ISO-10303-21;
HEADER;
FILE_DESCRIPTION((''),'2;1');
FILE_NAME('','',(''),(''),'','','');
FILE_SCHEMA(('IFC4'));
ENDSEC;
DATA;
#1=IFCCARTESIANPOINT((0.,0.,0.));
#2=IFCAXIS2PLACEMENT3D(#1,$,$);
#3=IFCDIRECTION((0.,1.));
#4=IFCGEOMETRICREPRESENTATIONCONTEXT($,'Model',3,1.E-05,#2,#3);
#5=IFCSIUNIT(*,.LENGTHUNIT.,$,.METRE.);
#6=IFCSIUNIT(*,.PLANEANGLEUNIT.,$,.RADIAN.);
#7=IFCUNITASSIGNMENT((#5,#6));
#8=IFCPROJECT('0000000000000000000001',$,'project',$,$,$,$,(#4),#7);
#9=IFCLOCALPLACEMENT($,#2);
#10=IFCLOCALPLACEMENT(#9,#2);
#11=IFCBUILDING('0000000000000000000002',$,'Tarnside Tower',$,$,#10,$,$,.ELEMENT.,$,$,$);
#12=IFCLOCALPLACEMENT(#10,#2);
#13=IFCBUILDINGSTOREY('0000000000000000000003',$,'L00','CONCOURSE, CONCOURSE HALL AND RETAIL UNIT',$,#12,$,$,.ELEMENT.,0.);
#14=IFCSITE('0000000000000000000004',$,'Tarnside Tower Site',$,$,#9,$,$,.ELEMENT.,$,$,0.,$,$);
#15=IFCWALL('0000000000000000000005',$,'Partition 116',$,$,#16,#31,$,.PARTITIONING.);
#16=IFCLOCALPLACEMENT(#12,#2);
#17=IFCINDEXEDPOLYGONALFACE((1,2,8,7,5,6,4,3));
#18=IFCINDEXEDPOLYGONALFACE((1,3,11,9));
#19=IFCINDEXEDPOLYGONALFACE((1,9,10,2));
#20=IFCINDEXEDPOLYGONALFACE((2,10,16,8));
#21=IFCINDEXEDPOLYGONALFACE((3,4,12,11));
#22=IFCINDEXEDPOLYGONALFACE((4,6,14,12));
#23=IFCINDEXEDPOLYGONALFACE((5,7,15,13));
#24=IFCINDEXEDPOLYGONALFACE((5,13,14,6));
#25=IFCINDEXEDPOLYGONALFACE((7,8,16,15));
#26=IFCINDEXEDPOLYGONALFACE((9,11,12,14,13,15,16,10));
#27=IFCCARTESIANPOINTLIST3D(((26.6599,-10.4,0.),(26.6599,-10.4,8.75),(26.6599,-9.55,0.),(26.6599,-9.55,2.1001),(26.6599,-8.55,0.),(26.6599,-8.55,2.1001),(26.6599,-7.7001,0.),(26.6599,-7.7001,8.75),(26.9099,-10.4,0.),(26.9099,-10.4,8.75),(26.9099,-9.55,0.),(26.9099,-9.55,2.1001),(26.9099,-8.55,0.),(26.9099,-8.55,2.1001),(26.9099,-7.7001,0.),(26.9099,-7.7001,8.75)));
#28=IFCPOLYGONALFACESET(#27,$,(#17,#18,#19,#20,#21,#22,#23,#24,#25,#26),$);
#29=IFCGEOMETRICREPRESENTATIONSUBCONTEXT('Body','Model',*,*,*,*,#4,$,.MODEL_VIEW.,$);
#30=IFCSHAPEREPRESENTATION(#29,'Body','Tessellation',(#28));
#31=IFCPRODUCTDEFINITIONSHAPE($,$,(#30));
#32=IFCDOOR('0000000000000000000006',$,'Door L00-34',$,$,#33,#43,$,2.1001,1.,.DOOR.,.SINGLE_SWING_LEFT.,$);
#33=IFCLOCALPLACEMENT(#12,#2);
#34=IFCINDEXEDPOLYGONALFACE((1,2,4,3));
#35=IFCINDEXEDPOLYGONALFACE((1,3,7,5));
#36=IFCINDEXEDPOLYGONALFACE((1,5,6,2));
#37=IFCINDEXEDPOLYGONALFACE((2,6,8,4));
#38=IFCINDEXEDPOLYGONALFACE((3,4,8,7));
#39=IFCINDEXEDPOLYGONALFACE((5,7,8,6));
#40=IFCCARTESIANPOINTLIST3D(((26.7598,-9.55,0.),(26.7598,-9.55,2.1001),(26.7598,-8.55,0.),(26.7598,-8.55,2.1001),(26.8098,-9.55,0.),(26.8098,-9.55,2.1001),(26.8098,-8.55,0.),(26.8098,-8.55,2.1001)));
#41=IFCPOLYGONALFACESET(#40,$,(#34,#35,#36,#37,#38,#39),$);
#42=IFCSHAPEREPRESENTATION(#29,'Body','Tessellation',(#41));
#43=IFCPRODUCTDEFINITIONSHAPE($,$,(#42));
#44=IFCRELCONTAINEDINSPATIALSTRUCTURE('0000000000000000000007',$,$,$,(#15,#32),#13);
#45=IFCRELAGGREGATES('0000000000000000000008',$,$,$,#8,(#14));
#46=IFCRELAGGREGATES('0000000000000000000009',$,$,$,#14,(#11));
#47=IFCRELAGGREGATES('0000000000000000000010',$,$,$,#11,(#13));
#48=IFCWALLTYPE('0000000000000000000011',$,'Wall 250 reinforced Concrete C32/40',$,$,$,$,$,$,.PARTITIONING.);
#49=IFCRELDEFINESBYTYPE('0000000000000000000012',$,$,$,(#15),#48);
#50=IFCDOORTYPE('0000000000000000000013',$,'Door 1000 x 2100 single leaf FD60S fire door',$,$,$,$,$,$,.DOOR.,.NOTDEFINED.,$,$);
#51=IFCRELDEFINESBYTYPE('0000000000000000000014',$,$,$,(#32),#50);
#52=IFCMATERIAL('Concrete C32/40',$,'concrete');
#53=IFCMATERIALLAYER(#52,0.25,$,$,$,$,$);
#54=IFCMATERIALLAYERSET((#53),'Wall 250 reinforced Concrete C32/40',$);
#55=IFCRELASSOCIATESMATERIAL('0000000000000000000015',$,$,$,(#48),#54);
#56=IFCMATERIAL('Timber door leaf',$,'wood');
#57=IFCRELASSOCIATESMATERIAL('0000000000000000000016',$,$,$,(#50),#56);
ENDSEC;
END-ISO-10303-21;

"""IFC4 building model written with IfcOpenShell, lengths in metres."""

from ifc_helpers import new_model, si_unit, direction, frame, frame_2d, origin, place, context, subcontext, project, spatial, rectangle, extrude, material, layer, layer_set, type_object, element, fill, save


model = new_model("IFC4")

# Units and contexts
model_context = context("Model", 3, precision=1e-05, world=origin(), true_north=direction((0.0, 1.0)))
body_context = subcontext(model_context, "Body", "Model", "MODEL_VIEW")
ifc_project = project(units=[si_unit("LENGTHUNIT", "METRE"), si_unit("PLANEANGLEUNIT", "RADIAN")], contexts=[model_context])

# Site, building, storey
site_placement = place(None, origin())
site = spatial("IfcSite", under=ifc_project, at=site_placement, Name="Tarnside Tower Site", CompositionType="ELEMENT", RefElevation=0.0)
building_placement = place(site_placement, origin())
building = spatial("IfcBuilding", under=site, at=building_placement, Name="Tarnside Tower", CompositionType="ELEMENT")
storey_placement = place(building_placement, origin())
storey = spatial("IfcBuildingStorey", under=building, at=storey_placement, Name="L00", Description="CONCOURSE, CONCOURSE HALL AND RETAIL UNIT", CompositionType="ELEMENT", Elevation=0.0)

# Shared definitions
ifc_material_1 = material(Name="Timber door leaf", Category="wood")

# Shared definitions
ifc_material_2 = material(Name="Concrete C32/40", Category="concrete")
ifc_layer_1 = layer(ifc_material_2, 0.25)
ifc_layer_set_1 = layer_set([ifc_layer_1], Name="Wall 250 reinforced Concrete C32/40")
wall_type_1 = type_object("IfcWallType", Name="Wall 250 reinforced Concrete C32/40", PredefinedType="PARTITIONING", material=ifc_layer_set_1)

# Wall, opening, door
wall_1_placement = place(storey_placement, frame((26.7849, -7.7, 0.0), z_axis=(0.0, 0.0, 1.0), x_axis=(0.0, -1.0, 0.0)))
wall_1 = element("IfcWall", 1, at=wall_1_placement, inside=storey, type_object=wall_type_1, Name="Partition 116", PredefinedType="PARTITIONING", context=body_context, shape_type="SweptSolid", body=[
    extrude(rectangle(XDim=2.7, YDim=0.25, at=frame_2d((1.3501, 0.0))), origin(), (0.0, 0.0, 1.0), 8.75),
])
opening_1_placement = place(wall_1_placement, frame((0.8501, 0.0, 0.0)))
opening_1 = element("IfcOpeningElement", 2, at=opening_1_placement, cuts=wall_1, PredefinedType="OPENING", context=body_context, shape_type="SweptSolid", body=[
    extrude(rectangle(XDim=1.0, YDim=2.1001, at=frame_2d((0.5, 1.05))), frame((0.0, 0.135, 0.0), z_axis=(0.0, -1.0, 0.0), x_axis=(1.0, 0.0, 0.0)), (0.0, 0.0, 1.0), 0.27),
])
door_type_1 = type_object("IfcDoorType", Name="Door 1000 x 2100 single leaf FD60S fire door", OperationType="NOTDEFINED", PredefinedType="DOOR", material=ifc_material_1)
door_1_placement = place(opening_1_placement, origin())
door_1 = element("IfcDoor", 3, at=door_1_placement, inside=storey, type_object=door_type_1, Name="Door L00-34", OperationType="SINGLE_SWING_LEFT", OverallHeight=2.1001, OverallWidth=1.0, PredefinedType="DOOR", context=body_context, shape_type="SweptSolid", body=[
    extrude(rectangle(XDim=1.0, YDim=2.1001, at=frame_2d((0.5, 1.05))), frame((0.0, 0.0249, 0.0), z_axis=(0.0, -1.0, 0.0), x_axis=(1.0, 0.0, 0.0)), (0.0, 0.0, 1.0), 0.05),
])
fill(opening_1, door_1)

save(model, "model.ifc")
